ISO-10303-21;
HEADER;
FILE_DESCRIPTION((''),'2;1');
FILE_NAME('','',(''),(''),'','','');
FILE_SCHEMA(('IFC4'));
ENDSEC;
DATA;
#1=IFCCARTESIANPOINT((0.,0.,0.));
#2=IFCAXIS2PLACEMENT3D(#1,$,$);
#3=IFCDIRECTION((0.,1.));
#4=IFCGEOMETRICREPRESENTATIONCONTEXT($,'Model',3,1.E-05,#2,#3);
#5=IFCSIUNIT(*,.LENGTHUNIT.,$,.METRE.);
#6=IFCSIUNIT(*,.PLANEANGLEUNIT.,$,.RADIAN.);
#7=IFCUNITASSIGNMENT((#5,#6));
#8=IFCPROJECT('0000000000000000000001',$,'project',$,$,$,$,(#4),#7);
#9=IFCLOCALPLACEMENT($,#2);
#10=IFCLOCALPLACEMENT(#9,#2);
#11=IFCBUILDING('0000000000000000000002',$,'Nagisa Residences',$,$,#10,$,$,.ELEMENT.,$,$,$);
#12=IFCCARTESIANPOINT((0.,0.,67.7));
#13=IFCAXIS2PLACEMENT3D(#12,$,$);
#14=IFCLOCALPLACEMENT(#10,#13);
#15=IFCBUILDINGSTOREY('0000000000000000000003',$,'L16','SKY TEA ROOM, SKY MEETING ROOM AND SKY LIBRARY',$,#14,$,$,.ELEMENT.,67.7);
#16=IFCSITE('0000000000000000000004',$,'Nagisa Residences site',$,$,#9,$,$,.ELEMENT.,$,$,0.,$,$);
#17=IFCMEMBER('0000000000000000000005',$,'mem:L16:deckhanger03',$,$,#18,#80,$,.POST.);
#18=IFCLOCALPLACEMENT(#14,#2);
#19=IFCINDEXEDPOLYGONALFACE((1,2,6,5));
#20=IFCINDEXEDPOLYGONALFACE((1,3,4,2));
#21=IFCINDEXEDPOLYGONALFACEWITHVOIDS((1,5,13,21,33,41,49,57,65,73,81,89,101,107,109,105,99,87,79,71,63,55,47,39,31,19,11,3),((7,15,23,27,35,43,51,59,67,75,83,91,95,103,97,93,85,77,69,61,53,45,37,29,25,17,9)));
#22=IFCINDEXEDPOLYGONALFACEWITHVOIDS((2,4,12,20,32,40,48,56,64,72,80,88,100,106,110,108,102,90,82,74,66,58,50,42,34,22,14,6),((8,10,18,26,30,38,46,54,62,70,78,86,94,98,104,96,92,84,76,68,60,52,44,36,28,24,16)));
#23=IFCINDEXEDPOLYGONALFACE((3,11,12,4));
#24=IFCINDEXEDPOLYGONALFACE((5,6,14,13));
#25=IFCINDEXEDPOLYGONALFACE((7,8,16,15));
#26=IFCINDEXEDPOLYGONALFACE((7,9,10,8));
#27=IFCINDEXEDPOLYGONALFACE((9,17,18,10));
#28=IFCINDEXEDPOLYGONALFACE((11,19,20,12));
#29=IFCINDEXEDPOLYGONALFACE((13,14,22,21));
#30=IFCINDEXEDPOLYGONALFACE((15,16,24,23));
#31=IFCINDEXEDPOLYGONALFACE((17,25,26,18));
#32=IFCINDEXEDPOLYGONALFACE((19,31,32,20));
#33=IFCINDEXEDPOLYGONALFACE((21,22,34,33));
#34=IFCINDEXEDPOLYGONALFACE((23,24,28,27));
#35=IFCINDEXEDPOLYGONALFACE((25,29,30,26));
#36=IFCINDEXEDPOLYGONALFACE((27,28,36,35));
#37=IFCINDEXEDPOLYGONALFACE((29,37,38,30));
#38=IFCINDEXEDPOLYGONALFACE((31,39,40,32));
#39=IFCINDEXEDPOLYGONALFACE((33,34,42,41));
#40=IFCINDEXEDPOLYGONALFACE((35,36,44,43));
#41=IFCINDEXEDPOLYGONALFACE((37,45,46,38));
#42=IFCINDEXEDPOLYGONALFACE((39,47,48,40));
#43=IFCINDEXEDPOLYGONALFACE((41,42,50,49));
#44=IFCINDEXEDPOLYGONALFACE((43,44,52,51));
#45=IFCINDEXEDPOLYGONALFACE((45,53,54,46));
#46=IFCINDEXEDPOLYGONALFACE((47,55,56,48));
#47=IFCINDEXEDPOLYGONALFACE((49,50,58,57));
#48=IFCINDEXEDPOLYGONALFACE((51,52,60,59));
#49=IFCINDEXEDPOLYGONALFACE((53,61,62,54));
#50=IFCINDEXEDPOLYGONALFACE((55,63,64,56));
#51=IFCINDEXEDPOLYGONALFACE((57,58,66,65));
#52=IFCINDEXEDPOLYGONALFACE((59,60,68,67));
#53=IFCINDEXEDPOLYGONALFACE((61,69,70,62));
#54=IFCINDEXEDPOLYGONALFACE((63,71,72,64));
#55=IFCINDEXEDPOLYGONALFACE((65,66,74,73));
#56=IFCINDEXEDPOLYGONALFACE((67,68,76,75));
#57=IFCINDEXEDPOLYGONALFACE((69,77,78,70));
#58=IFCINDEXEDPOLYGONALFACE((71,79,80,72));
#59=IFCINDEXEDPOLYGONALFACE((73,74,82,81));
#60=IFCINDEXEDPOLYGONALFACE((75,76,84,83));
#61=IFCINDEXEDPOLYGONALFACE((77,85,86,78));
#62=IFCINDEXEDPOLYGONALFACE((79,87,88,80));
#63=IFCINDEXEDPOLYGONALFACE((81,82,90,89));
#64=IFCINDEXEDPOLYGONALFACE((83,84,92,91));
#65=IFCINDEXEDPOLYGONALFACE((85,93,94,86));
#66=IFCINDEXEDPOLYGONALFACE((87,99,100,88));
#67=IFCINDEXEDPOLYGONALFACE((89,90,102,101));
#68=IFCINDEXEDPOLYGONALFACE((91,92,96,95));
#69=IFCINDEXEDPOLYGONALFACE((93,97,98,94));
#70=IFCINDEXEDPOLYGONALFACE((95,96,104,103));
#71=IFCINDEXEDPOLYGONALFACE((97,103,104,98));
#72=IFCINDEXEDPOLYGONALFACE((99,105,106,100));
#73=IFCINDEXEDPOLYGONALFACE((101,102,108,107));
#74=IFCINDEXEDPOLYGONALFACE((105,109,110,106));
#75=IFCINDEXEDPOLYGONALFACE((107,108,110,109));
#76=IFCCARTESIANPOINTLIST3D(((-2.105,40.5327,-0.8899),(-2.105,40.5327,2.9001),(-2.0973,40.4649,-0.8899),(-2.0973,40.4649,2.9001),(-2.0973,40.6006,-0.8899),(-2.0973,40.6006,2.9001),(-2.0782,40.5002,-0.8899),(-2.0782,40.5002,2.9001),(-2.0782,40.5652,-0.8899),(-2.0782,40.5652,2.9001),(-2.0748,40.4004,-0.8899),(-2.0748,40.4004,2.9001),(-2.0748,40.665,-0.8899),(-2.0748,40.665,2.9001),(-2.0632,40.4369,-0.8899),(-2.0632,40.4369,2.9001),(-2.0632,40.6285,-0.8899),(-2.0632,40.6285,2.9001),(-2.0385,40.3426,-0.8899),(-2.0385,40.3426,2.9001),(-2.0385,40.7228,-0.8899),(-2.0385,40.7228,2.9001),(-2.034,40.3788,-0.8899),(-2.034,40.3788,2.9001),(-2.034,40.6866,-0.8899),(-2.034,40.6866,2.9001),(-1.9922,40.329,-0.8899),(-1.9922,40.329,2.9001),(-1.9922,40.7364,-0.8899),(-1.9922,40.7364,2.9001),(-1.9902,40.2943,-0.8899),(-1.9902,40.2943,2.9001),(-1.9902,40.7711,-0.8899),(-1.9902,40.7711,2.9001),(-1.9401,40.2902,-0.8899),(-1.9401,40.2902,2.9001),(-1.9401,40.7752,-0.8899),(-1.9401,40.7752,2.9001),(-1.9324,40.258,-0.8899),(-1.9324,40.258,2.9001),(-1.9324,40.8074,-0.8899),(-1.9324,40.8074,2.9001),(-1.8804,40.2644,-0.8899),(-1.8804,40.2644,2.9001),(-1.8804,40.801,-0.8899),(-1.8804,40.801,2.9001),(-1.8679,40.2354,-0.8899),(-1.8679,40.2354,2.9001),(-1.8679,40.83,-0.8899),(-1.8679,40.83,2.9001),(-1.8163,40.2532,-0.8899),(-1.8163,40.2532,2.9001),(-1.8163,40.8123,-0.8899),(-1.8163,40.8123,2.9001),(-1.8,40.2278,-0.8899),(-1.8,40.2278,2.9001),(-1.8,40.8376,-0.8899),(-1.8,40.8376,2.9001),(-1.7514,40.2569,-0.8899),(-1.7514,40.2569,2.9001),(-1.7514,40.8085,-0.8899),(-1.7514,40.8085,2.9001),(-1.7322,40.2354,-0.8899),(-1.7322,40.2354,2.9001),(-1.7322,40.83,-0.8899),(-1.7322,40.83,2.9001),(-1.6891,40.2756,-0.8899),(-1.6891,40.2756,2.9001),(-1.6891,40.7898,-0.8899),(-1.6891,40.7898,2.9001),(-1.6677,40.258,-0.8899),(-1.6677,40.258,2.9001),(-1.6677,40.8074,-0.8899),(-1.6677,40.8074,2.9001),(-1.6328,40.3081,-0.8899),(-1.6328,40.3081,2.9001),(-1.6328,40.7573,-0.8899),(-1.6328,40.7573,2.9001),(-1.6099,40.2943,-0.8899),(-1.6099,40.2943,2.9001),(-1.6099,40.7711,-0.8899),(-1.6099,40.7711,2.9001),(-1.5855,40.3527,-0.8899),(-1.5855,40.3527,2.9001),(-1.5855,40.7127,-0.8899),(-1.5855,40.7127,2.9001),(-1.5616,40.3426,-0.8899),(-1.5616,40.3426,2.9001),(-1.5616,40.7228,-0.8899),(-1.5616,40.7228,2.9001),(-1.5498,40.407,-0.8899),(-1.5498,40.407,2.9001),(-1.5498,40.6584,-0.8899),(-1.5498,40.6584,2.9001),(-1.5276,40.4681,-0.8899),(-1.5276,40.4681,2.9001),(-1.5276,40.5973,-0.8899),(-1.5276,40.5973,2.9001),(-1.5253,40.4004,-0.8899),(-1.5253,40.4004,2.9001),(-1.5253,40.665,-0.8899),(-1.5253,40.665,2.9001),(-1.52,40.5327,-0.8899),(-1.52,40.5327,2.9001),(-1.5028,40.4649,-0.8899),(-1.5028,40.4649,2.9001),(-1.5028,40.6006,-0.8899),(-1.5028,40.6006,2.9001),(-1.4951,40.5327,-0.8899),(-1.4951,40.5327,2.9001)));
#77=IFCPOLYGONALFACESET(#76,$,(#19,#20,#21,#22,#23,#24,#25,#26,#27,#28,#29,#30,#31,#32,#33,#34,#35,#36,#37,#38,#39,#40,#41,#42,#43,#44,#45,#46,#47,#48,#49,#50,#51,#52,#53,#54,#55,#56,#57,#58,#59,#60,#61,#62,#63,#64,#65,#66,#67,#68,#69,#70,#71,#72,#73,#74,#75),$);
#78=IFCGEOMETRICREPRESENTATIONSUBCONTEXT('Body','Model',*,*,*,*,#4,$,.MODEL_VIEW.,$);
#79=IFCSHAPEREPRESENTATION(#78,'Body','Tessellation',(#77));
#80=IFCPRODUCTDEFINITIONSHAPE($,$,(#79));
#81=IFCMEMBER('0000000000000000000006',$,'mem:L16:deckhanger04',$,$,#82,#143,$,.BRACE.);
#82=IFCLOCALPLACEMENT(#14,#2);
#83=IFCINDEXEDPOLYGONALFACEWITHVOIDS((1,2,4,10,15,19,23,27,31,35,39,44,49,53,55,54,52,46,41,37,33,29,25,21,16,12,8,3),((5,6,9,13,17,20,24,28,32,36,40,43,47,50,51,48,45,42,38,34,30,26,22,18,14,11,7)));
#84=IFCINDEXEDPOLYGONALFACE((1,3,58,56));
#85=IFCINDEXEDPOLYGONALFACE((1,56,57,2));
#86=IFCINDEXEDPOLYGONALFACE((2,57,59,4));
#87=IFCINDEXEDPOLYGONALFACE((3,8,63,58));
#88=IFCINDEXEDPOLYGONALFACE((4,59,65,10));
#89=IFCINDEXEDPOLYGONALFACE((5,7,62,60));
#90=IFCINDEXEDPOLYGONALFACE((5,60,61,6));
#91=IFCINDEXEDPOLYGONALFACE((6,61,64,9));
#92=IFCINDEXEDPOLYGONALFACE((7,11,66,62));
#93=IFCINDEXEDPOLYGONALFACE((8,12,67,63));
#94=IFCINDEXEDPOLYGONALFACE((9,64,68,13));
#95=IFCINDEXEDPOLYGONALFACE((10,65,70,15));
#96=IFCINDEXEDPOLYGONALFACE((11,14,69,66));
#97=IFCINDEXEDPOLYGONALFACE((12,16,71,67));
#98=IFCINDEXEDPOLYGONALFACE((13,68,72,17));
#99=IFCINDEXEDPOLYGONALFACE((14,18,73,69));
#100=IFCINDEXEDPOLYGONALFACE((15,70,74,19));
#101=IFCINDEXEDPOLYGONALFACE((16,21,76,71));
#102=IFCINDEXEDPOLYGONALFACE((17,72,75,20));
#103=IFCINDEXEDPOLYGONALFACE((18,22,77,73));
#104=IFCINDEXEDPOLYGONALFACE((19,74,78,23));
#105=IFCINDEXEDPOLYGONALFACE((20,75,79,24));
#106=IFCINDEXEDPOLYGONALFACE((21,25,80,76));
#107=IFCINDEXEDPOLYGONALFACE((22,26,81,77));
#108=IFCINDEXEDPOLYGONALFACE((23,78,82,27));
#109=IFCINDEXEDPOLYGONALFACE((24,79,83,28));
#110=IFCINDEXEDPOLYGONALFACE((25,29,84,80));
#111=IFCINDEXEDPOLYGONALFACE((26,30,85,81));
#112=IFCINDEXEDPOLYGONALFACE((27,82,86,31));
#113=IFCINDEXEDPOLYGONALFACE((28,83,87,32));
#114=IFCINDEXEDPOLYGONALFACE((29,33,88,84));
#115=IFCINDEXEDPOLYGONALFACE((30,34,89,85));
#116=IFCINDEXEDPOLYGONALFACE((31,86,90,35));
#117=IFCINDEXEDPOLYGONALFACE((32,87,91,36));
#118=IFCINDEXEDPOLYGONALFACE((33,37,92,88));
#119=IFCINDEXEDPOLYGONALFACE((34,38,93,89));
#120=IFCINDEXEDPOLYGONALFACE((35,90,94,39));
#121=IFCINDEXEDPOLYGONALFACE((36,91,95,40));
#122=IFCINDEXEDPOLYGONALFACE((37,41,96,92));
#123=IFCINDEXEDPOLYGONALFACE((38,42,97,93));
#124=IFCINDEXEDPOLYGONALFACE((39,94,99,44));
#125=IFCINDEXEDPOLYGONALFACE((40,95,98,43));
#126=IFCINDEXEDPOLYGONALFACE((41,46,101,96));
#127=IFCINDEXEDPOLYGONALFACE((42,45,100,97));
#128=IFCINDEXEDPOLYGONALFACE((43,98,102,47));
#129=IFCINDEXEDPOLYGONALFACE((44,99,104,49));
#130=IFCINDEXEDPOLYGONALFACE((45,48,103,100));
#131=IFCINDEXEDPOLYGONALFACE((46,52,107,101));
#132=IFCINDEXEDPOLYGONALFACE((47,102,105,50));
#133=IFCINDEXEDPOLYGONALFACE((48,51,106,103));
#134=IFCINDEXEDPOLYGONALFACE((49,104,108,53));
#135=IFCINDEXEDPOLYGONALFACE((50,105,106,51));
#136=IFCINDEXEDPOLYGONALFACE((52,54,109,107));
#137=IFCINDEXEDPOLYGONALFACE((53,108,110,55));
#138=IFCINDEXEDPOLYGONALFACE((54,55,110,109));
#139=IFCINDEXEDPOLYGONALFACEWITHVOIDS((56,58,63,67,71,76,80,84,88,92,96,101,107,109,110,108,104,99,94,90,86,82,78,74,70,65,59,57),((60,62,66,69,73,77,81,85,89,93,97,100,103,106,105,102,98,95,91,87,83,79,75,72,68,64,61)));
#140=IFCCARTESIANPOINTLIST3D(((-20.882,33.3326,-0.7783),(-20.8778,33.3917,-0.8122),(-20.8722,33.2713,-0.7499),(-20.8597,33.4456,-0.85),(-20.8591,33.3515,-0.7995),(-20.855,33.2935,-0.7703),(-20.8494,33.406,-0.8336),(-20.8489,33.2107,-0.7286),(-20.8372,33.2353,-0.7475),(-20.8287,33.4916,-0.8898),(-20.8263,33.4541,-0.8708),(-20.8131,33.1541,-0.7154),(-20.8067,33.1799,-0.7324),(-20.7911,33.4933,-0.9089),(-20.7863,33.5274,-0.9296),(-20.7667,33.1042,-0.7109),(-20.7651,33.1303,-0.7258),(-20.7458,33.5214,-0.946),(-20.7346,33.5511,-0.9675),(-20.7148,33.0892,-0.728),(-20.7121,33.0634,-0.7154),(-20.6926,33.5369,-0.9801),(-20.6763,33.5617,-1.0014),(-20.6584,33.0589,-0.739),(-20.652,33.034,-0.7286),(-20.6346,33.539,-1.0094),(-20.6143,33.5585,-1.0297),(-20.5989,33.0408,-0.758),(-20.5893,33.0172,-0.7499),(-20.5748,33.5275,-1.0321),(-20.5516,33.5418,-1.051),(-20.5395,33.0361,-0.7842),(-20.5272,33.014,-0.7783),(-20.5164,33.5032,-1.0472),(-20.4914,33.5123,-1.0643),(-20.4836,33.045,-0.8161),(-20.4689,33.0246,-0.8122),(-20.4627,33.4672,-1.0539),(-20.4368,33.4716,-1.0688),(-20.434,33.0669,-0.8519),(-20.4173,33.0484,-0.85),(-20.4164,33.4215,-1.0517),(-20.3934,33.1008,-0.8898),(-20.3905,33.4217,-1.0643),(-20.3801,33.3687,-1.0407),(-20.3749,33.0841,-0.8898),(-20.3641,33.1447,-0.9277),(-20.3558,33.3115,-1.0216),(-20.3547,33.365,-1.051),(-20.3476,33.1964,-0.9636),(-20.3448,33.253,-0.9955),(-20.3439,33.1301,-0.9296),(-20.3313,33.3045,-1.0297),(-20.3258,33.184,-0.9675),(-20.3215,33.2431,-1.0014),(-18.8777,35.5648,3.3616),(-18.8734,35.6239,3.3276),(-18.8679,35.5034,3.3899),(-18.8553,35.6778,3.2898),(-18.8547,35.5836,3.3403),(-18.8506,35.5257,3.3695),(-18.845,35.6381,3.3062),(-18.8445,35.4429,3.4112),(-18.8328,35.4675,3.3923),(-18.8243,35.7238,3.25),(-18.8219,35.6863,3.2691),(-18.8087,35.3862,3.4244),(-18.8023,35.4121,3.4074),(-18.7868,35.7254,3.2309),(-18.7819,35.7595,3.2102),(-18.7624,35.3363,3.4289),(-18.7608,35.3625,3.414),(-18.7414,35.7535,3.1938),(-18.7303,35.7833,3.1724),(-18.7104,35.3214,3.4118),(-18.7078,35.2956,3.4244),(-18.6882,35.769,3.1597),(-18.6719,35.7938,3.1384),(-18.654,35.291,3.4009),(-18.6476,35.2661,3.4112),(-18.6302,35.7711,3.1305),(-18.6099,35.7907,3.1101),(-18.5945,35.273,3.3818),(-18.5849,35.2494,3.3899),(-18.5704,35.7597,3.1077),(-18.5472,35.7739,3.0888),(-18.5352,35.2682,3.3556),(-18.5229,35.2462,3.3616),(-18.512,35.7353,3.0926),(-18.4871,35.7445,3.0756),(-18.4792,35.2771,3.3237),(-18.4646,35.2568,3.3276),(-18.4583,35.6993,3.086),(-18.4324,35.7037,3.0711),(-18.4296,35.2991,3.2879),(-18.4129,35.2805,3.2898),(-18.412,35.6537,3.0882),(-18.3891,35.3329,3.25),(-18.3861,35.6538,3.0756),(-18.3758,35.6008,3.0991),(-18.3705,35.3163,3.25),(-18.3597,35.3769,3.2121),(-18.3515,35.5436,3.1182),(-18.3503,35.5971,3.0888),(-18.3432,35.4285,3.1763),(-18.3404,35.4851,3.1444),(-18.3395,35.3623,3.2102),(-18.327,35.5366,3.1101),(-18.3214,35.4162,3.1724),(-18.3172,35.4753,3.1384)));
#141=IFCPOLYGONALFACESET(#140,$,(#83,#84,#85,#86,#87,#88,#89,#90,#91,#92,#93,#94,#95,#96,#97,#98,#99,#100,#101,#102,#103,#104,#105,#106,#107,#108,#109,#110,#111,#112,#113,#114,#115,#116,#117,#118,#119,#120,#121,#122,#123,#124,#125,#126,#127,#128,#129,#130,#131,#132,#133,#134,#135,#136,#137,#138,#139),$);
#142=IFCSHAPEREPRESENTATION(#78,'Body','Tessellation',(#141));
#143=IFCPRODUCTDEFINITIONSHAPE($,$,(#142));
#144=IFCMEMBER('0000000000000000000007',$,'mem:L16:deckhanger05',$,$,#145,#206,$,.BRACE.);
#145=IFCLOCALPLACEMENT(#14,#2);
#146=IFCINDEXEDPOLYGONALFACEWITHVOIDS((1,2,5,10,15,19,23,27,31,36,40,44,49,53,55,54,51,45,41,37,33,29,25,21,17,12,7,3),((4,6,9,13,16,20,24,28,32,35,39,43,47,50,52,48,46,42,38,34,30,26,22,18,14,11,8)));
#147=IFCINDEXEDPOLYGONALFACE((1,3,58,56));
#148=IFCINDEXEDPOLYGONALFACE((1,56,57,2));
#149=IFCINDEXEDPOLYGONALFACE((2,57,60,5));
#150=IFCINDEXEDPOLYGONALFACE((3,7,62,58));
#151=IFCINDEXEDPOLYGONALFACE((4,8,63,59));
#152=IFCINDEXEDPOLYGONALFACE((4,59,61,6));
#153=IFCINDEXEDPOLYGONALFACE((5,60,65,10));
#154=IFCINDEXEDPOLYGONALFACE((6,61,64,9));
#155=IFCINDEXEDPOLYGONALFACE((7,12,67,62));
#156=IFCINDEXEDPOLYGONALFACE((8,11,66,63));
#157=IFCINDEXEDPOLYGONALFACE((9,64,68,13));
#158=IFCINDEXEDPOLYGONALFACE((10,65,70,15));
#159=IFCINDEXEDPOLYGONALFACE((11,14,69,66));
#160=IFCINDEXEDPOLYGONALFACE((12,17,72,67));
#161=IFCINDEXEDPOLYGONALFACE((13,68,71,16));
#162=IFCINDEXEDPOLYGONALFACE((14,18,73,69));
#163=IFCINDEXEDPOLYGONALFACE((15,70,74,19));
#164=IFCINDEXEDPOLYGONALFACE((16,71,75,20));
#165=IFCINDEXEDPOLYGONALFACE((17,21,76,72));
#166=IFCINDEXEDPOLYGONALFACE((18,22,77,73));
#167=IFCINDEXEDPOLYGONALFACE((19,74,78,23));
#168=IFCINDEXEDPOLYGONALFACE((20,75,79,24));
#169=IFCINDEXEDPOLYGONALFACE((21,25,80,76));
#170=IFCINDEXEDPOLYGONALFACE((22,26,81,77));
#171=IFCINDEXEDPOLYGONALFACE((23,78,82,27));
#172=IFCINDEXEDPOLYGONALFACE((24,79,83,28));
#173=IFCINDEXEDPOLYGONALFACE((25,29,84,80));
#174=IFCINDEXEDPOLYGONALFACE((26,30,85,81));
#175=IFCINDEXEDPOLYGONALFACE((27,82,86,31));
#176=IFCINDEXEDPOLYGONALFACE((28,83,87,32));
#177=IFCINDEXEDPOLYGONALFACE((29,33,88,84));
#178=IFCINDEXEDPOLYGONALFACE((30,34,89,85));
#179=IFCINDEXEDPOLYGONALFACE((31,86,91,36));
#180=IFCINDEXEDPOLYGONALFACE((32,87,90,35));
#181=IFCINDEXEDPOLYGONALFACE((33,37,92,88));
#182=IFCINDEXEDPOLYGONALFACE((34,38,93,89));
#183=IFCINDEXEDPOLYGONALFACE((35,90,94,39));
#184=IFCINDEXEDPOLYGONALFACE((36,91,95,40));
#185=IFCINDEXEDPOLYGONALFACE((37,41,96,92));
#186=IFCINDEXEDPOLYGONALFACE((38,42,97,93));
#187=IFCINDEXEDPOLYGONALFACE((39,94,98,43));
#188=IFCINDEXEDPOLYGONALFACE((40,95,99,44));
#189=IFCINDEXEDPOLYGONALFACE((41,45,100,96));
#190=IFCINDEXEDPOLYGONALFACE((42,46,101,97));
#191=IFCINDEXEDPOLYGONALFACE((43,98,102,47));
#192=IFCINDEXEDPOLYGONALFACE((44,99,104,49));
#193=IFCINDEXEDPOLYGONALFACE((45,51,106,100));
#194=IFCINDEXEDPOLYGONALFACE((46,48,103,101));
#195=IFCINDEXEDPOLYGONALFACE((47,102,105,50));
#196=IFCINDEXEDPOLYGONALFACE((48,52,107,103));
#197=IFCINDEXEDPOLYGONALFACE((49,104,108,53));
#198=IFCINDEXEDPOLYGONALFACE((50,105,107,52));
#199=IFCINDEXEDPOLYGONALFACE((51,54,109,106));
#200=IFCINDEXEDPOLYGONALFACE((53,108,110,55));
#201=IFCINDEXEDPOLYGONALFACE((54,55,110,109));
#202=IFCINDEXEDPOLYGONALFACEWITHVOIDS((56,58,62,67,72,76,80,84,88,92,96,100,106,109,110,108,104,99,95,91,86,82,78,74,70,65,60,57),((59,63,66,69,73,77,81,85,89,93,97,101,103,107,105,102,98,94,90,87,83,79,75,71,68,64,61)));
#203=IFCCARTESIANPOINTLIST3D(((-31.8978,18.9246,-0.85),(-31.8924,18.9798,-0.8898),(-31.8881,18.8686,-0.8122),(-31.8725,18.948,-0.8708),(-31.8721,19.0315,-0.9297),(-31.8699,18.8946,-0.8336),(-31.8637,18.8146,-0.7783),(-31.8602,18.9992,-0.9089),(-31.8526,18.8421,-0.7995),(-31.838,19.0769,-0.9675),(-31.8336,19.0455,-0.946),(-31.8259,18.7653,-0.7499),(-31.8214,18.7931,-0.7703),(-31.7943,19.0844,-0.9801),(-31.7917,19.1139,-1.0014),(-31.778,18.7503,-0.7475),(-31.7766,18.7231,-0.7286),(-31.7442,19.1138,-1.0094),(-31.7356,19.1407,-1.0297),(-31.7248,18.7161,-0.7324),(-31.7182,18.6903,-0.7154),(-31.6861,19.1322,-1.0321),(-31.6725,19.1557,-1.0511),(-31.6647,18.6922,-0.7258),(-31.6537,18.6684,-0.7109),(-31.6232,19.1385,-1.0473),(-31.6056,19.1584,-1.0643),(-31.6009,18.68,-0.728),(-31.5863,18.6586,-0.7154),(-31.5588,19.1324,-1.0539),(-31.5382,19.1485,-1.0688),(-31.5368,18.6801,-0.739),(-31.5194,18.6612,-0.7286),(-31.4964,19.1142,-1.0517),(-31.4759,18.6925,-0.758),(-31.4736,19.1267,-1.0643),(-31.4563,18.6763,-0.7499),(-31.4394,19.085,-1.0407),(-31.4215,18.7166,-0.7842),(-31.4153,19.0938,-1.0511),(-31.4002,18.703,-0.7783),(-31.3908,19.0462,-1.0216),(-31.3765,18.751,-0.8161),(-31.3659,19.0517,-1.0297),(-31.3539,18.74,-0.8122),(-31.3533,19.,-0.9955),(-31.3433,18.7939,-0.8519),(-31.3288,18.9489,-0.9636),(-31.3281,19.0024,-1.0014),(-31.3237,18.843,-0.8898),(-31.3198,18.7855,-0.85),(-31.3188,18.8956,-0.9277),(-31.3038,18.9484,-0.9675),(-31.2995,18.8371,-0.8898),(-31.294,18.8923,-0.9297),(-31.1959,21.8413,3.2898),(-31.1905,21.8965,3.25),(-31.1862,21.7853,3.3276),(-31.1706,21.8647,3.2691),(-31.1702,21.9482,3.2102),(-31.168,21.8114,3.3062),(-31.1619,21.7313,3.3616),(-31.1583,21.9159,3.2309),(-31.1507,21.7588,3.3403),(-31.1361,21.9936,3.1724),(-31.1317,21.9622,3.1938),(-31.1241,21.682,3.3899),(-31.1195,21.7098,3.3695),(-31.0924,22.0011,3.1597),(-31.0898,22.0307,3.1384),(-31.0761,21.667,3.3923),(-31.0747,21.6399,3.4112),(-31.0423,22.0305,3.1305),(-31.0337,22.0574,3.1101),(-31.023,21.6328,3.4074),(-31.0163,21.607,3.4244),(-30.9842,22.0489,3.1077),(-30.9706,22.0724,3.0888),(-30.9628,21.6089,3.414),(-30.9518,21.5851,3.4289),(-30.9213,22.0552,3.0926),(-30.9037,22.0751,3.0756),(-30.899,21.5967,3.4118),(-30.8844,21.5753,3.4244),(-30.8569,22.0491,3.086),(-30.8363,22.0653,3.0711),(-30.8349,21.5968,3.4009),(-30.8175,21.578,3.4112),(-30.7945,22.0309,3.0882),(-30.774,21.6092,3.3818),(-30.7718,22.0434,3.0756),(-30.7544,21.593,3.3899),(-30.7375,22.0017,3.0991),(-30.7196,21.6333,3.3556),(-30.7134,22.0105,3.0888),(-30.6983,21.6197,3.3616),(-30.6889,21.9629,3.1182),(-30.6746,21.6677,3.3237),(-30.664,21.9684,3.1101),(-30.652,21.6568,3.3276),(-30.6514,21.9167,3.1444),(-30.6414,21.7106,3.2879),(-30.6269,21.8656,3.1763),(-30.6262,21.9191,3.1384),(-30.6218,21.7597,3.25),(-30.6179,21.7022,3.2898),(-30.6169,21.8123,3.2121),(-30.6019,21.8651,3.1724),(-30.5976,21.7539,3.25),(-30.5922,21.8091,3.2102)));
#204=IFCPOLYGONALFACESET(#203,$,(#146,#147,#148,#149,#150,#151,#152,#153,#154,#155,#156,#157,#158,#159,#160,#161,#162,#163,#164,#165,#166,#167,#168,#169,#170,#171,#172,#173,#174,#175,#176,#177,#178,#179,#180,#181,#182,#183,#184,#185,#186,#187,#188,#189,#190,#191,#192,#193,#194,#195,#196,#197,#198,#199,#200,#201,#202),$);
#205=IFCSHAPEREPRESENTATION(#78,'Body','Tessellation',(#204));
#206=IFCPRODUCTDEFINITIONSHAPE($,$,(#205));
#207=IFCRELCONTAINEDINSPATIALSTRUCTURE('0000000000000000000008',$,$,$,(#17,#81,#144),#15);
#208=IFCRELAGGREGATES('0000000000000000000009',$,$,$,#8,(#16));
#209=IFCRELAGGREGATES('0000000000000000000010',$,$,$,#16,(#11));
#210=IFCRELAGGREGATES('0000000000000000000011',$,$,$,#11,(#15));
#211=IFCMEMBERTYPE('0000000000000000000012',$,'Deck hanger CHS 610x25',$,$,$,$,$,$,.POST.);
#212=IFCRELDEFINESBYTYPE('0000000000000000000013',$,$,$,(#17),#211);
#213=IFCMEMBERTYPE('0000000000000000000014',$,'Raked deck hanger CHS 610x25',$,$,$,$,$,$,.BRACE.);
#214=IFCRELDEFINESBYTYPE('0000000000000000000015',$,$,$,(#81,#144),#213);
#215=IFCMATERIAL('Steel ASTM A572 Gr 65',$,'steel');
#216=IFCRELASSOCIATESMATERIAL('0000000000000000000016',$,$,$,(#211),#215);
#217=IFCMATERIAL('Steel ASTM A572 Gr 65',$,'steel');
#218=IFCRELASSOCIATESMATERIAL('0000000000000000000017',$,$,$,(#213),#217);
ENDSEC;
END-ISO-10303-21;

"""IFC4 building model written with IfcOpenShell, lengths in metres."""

from ifc_helpers import new_model, si_unit, direction, frame, origin, origin_2d, place, context, subcontext, project, spatial, hollow_circle, extrude, material, material_profile, profile_set, type_object, element, save


model = new_model("IFC4")

# Units and contexts
model_context = context("Model", 3, precision=1e-05, world=origin(), true_north=direction((0.0, 1.0)))
body_context = subcontext(model_context, "Body", "Model", "MODEL_VIEW")
ifc_project = project(units=[si_unit("LENGTHUNIT", "METRE"), si_unit("PLANEANGLEUNIT", "RADIAN")], contexts=[model_context])

# Site, building, storey
site_placement = place(None, origin())
site = spatial("IfcSite", under=ifc_project, at=site_placement, Name="Nagisa Residences site", CompositionType="ELEMENT", RefElevation=0.0)
building_placement = place(site_placement, origin())
building = spatial("IfcBuilding", under=site, at=building_placement, Name="Nagisa Residences", CompositionType="ELEMENT")
storey_placement = place(building_placement, frame((0.0, 0.0, 67.7)))
storey = spatial("IfcBuildingStorey", under=building, at=storey_placement, Name="L16", Description="SKY TEA ROOM, SKY MEETING ROOM AND SKY LIBRARY", CompositionType="ELEMENT", Elevation=67.7)

# Members
ifc_material_1 = material(Name="Steel ASTM A572 Gr 65", Category="steel")
ifc_material_profile_1 = material_profile(ifc_material_1, hollow_circle(Radius=0.3049, WallThickness=0.0249, at=origin_2d()), Name="CHS 610x25")
ifc_profile_set_1 = profile_set([ifc_material_profile_1], Name="Steel ASTM A572 Gr 65")
member_type_1 = type_object("IfcMemberType", Name="Deck hanger CHS 610x25", PredefinedType="POST", material=ifc_profile_set_1)
member_1_placement = place(storey_placement, frame((-1.8, 40.5327, 2.9001), z_axis=(0.0, 0.0, -1.0), x_axis=(1.0, 0.0, 0.0)))
element("IfcMember", 1, at=member_1_placement, inside=storey, type_object=member_type_1, Name="mem:L16:deckhanger03", PredefinedType="POST", context=body_context, shape_type="SweptSolid", body=[
    extrude(hollow_circle(Radius=0.3049, WallThickness=0.0249, at=origin_2d()), origin(), (0.0, 0.0, 1.0), 3.79),
])
ifc_material_2 = material(Name="Steel ASTM A572 Gr 65", Category="steel")
ifc_material_profile_2 = material_profile(ifc_material_2, hollow_circle(Radius=0.3049, WallThickness=0.0249, at=origin_2d()), Name="CHS 610x25")
ifc_profile_set_2 = profile_set([ifc_material_profile_2], Name="Steel ASTM A572 Gr 65")
member_type_2 = type_object("IfcMemberType", Name="Raked deck hanger CHS 610x25", PredefinedType="BRACE", material=ifc_profile_set_2)
for number, where, z_axis, x_axis, name in (
    (2, (-18.5974, 35.52, 3.25), (-0.392048, -0.436601, -0.809739), (0.74405, -0.668124, 0.0), "mem:L16:deckhanger04"),
    (3, (-30.894, 21.8252, 3.25), (-0.137289, -0.570501, -0.809741), (0.972245, -0.233967, 0.0), "mem:L16:deckhanger05"),
):
    element("IfcMember", number, at=place(storey_placement, frame(where, z_axis=z_axis, x_axis=x_axis)), inside=storey, type_object=member_type_2, Name=name, PredefinedType="BRACE", context=body_context, shape_type="SweptSolid", body=[
        extrude(hollow_circle(Radius=0.3049, WallThickness=0.0249, at=origin_2d()), origin(), (0.0, 0.0, 1.0), 5.1125),
    ])

save(model, "model.ifc")
